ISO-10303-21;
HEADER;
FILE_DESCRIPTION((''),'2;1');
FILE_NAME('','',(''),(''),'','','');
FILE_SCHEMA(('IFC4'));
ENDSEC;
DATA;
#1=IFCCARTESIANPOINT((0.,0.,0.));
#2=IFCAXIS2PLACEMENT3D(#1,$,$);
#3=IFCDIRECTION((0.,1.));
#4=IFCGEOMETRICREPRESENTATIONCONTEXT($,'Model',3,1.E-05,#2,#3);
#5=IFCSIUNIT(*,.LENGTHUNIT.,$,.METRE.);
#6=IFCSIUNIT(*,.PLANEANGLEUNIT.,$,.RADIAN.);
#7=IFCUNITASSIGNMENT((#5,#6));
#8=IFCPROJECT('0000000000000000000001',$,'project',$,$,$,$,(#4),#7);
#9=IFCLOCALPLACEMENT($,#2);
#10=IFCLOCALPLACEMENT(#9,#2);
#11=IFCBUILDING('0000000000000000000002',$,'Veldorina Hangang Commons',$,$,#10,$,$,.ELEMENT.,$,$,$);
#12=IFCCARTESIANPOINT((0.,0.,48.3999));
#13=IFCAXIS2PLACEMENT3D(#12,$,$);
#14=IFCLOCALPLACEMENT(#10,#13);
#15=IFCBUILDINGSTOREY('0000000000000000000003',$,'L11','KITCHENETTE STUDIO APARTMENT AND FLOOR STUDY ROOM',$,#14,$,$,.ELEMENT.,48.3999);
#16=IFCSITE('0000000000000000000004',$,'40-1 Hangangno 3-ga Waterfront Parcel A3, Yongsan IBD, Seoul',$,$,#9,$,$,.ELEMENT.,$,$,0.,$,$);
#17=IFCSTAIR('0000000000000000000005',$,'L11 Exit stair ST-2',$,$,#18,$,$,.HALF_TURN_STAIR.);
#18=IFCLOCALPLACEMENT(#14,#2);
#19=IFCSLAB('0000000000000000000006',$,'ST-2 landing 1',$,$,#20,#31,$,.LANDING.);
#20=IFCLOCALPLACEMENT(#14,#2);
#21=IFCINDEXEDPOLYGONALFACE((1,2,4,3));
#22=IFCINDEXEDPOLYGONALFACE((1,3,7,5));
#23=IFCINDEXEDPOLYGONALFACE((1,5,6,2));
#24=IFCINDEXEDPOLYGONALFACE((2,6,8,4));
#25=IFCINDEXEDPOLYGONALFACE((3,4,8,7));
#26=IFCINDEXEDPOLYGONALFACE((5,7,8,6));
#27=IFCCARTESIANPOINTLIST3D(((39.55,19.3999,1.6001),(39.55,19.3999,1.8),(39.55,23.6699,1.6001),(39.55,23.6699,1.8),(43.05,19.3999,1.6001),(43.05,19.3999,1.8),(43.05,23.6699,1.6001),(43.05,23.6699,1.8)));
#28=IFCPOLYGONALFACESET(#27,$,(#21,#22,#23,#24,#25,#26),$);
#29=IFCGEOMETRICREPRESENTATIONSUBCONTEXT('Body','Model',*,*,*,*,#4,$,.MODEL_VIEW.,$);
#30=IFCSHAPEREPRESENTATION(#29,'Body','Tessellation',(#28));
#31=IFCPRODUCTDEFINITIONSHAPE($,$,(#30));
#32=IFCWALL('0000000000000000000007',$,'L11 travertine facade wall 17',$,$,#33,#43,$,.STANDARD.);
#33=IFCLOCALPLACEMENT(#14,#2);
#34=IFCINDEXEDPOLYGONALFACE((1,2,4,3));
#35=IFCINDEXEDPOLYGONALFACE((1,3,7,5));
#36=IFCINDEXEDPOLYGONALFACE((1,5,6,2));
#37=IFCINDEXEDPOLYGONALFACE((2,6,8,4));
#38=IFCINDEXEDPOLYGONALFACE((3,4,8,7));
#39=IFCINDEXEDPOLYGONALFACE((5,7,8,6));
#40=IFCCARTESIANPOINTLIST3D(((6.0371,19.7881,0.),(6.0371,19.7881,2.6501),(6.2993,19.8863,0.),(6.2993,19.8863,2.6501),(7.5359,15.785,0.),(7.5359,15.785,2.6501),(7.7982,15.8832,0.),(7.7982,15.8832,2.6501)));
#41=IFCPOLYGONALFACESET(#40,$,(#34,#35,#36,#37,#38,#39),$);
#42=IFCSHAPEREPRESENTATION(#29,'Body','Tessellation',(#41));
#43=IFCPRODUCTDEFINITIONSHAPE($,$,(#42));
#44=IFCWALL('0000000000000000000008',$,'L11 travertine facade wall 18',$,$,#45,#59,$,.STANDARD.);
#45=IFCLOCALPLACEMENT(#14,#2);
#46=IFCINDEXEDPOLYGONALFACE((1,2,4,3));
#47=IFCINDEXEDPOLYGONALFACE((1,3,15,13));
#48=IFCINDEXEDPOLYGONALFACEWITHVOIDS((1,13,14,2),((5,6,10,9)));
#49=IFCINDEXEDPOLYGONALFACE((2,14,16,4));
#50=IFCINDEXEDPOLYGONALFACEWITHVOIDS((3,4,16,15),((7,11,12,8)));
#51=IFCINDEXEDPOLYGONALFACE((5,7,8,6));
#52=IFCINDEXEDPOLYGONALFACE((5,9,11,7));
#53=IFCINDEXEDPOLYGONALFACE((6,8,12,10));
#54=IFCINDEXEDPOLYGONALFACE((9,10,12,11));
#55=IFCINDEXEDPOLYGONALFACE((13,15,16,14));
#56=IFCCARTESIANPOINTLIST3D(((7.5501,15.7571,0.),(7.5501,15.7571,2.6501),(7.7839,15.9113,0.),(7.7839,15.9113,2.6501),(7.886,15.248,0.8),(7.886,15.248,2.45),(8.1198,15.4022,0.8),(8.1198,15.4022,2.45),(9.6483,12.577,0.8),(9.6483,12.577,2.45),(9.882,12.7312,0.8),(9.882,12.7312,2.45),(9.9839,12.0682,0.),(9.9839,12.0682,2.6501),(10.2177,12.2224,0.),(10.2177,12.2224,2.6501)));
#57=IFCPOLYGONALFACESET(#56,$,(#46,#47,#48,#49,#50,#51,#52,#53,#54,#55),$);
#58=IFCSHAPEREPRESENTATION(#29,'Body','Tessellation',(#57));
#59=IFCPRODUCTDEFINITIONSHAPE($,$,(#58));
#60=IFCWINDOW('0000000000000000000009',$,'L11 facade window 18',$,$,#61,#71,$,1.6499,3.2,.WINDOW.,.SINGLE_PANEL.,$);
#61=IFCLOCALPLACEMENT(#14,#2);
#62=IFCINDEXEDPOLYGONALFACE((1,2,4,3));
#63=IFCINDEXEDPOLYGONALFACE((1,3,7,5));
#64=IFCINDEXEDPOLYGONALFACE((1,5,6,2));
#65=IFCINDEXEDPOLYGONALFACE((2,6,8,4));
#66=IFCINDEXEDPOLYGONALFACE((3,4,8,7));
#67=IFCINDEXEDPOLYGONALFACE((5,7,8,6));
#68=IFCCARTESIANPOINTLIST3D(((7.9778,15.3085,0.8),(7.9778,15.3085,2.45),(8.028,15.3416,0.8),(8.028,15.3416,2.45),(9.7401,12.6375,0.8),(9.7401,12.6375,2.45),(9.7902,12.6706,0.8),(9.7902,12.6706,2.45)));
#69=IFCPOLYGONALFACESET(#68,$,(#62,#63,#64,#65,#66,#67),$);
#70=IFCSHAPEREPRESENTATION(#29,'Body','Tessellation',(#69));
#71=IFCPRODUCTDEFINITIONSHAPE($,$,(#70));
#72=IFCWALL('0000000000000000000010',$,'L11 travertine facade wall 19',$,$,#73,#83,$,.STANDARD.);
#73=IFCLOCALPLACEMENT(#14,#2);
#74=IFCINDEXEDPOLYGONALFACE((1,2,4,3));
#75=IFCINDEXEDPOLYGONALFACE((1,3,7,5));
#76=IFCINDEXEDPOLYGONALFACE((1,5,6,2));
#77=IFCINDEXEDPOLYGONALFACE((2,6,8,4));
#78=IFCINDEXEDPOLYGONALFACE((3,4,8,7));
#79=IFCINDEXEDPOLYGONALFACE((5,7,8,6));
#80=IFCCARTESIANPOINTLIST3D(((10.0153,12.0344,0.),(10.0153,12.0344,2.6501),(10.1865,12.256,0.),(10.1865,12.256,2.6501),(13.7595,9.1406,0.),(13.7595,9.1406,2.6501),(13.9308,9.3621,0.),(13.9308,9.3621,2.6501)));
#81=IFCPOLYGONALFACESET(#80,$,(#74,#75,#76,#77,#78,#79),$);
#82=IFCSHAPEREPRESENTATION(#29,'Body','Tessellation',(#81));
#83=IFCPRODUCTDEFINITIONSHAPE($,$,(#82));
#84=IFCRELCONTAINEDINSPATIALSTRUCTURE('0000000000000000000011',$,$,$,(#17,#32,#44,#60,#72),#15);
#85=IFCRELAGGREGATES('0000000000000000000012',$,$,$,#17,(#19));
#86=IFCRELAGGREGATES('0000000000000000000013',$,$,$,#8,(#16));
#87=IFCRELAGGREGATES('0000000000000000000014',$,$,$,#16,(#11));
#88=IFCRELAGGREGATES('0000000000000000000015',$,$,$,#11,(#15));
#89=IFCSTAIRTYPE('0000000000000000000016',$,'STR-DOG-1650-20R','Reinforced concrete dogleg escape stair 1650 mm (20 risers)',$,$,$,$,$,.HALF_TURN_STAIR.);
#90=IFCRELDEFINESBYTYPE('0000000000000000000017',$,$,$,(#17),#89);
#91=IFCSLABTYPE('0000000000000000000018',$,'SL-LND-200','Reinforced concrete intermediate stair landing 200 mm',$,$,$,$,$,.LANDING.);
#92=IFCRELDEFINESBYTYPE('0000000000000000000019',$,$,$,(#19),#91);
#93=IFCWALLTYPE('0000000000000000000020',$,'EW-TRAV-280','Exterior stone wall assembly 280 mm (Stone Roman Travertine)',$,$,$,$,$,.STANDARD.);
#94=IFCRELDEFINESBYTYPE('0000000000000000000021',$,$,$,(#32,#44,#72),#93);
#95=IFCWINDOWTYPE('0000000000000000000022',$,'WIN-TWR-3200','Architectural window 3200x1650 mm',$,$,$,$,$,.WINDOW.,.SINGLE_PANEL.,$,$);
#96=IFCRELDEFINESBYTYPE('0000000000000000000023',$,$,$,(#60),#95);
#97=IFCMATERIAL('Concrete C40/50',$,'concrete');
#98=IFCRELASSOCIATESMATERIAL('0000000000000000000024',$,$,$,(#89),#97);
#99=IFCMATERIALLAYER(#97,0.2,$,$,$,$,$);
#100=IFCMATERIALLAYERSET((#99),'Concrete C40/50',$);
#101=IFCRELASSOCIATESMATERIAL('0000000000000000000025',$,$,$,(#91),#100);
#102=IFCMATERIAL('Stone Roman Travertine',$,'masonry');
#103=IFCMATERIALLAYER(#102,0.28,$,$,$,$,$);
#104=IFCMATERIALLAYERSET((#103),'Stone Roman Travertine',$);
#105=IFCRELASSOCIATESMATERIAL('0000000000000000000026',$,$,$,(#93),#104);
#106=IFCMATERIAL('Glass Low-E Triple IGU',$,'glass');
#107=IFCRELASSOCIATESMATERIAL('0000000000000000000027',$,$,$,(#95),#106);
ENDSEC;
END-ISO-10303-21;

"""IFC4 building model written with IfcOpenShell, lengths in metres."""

from ifc_helpers import new_model, si_unit, direction, frame, frame_2d, origin, place, context, subcontext, project, spatial, polyline, rectangle, outline, extrude, material, layer, layer_set, type_object, element, fill, aggregate, save


model = new_model("IFC4")

# Units and contexts
model_context = context("Model", 3, precision=1e-05, world=origin(), true_north=direction((0.0, 1.0)))
body_context = subcontext(model_context, "Body", "Model", "MODEL_VIEW")
ifc_project = project(units=[si_unit("LENGTHUNIT", "METRE"), si_unit("PLANEANGLEUNIT", "RADIAN")], contexts=[model_context])

# Site, building, storey
site_placement = place(None, origin())
site = spatial("IfcSite", under=ifc_project, at=site_placement, Name="40-1 Hangangno 3-ga Waterfront Parcel A3, Yongsan IBD, Seoul", CompositionType="ELEMENT", RefElevation=0.0)
building_placement = place(site_placement, origin())
building = spatial("IfcBuilding", under=site, at=building_placement, Name="Veldorina Hangang Commons", CompositionType="ELEMENT")
storey_placement = place(building_placement, frame((0.0, 0.0, 48.3999)))
storey = spatial("IfcBuildingStorey", under=building, at=storey_placement, Name="L11", Description="KITCHENETTE STUDIO APARTMENT AND FLOOR STUDY ROOM", CompositionType="ELEMENT", Elevation=48.3999)

# Shared definitions
ifc_material_1 = material(Name="Concrete C40/50", Category="concrete")

# Stair, slab
stair_type = type_object("IfcStairType", Name="STR-DOG-1650-20R", Description="Reinforced concrete dogleg escape stair 1650 mm (20 risers)", PredefinedType="HALF_TURN_STAIR", material=ifc_material_1)
ifc_layer_1 = layer(ifc_material_1, 0.2)
ifc_layer_set_1 = layer_set([ifc_layer_1], Name="Concrete C40/50")
slab_type_1 = type_object("IfcSlabType", Name="SL-LND-200", Description="Reinforced concrete intermediate stair landing 200 mm", PredefinedType="LANDING", material=ifc_layer_set_1)
stair_1_placement = place(storey_placement, origin())
stair_1 = element("IfcStair", 1, at=stair_1_placement, inside=storey, type_object=stair_type, Name="L11 Exit stair ST-2", PredefinedType="HALF_TURN_STAIR")
slab_1_placement = place(storey_placement, frame((0.0, 0.0, 1.6001)))
slab_1 = element("IfcSlab", 2, at=slab_1_placement, type_object=slab_type_1, Name="ST-2 landing 1", PredefinedType="LANDING", context=body_context, shape_type="SweptSolid", body=[
    extrude(outline(polyline([(39.55, 23.6699), (39.55, 19.3999), (43.05, 19.3999), (43.05, 23.6699), (39.55, 23.6699)])), origin(), (0.0, 0.0, 1.0), 0.2),
])
aggregate(stair_1, [slab_1])

# Wall
ifc_material_2 = material(Name="Stone Roman Travertine", Category="masonry")
ifc_layer_2 = layer(ifc_material_2, 0.28)
ifc_layer_set_2 = layer_set([ifc_layer_2], Name="Stone Roman Travertine")
wall_type = type_object("IfcWallType", Name="EW-TRAV-280", Description="Exterior stone wall assembly 280 mm (Stone Roman Travertine)", PredefinedType="STANDARD", material=ifc_layer_set_2)
wall_1_placement = place(storey_placement, frame((6.1682, 19.8372, 0.0), z_axis=(0.0, 0.0, 1.0), x_axis=(0.350648, -0.936507, 0.0)))
element("IfcWall", 3, at=wall_1_placement, inside=storey, type_object=wall_type, Name="L11 travertine facade wall 17", PredefinedType="STANDARD", context=body_context, shape_type="SweptSolid", body=[
    extrude(rectangle(XDim=4.2744, YDim=0.28, at=frame_2d((2.1372, 0.0))), origin(), (0.0, 0.0, 1.0), 2.6501),
])

# Wall, opening, window
wall_2_placement = place(storey_placement, frame((7.667, 15.8342, 0.0), z_axis=(0.0, 0.0, 1.0), x_axis=(0.550704, -0.834701, 0.0)))
wall_2 = element("IfcWall", 4, at=wall_2_placement, inside=storey, type_object=wall_type, Name="L11 travertine facade wall 18", PredefinedType="STANDARD", context=body_context, shape_type="SweptSolid", body=[
    extrude(rectangle(XDim=4.4194, YDim=0.28, at=frame_2d((2.2097, 0.0))), origin(), (0.0, 0.0, 1.0), 2.6501),
])
opening_placement = place(wall_2_placement, frame((0.6099, 0.0, 0.8)))
opening = element("IfcOpeningElement", 5, at=opening_placement, cuts=wall_2, PredefinedType="OPENING", context=body_context, shape_type="SweptSolid", body=[
    extrude(rectangle(XDim=3.2, YDim=1.6499, at=frame_2d((1.6001, 0.825))), frame((0.0, 0.1499, 0.0), z_axis=(0.0, -1.0, 0.0), x_axis=(1.0, 0.0, 0.0)), (0.0, 0.0, 1.0), 0.3),
])
ifc_material_3 = material(Name="Glass Low-E Triple IGU", Category="glass")
window_type = type_object("IfcWindowType", Name="WIN-TWR-3200", Description="Architectural window 3200x1650 mm", PartitioningType="SINGLE_PANEL", PredefinedType="WINDOW", material=ifc_material_3)
window_placement = place(opening_placement, origin())
window = element("IfcWindow", 6, at=window_placement, inside=storey, type_object=window_type, Name="L11 facade window 18", OverallHeight=1.6499, OverallWidth=3.2, PartitioningType="SINGLE_PANEL", PredefinedType="WINDOW", context=body_context, shape_type="SweptSolid", body=[
    extrude(rectangle(XDim=3.2, YDim=1.6499, at=frame_2d((1.6001, 0.825))), frame((0.0, 0.03, 0.0), z_axis=(0.0, -1.0, 0.0), x_axis=(1.0, 0.0, 0.0)), (0.0, 0.0, 1.0), 0.0601),
])
fill(opening, window)

# Wall
wall_3_placement = place(storey_placement, frame((10.1008, 12.1453, 0.0), z_axis=(0.0, 0.0, 1.0), x_axis=(0.791224, -0.611527, 0.0)))
element("IfcWall", 7, at=wall_3_placement, inside=storey, type_object=wall_type, Name="L11 travertine facade wall 19", PredefinedType="STANDARD", context=body_context, shape_type="SweptSolid", body=[
    extrude(rectangle(XDim=4.7322, YDim=0.28, at=frame_2d((2.3662, 0.0))), origin(), (0.0, 0.0, 1.0), 2.6501),
])

save(model, "model.ifc")
